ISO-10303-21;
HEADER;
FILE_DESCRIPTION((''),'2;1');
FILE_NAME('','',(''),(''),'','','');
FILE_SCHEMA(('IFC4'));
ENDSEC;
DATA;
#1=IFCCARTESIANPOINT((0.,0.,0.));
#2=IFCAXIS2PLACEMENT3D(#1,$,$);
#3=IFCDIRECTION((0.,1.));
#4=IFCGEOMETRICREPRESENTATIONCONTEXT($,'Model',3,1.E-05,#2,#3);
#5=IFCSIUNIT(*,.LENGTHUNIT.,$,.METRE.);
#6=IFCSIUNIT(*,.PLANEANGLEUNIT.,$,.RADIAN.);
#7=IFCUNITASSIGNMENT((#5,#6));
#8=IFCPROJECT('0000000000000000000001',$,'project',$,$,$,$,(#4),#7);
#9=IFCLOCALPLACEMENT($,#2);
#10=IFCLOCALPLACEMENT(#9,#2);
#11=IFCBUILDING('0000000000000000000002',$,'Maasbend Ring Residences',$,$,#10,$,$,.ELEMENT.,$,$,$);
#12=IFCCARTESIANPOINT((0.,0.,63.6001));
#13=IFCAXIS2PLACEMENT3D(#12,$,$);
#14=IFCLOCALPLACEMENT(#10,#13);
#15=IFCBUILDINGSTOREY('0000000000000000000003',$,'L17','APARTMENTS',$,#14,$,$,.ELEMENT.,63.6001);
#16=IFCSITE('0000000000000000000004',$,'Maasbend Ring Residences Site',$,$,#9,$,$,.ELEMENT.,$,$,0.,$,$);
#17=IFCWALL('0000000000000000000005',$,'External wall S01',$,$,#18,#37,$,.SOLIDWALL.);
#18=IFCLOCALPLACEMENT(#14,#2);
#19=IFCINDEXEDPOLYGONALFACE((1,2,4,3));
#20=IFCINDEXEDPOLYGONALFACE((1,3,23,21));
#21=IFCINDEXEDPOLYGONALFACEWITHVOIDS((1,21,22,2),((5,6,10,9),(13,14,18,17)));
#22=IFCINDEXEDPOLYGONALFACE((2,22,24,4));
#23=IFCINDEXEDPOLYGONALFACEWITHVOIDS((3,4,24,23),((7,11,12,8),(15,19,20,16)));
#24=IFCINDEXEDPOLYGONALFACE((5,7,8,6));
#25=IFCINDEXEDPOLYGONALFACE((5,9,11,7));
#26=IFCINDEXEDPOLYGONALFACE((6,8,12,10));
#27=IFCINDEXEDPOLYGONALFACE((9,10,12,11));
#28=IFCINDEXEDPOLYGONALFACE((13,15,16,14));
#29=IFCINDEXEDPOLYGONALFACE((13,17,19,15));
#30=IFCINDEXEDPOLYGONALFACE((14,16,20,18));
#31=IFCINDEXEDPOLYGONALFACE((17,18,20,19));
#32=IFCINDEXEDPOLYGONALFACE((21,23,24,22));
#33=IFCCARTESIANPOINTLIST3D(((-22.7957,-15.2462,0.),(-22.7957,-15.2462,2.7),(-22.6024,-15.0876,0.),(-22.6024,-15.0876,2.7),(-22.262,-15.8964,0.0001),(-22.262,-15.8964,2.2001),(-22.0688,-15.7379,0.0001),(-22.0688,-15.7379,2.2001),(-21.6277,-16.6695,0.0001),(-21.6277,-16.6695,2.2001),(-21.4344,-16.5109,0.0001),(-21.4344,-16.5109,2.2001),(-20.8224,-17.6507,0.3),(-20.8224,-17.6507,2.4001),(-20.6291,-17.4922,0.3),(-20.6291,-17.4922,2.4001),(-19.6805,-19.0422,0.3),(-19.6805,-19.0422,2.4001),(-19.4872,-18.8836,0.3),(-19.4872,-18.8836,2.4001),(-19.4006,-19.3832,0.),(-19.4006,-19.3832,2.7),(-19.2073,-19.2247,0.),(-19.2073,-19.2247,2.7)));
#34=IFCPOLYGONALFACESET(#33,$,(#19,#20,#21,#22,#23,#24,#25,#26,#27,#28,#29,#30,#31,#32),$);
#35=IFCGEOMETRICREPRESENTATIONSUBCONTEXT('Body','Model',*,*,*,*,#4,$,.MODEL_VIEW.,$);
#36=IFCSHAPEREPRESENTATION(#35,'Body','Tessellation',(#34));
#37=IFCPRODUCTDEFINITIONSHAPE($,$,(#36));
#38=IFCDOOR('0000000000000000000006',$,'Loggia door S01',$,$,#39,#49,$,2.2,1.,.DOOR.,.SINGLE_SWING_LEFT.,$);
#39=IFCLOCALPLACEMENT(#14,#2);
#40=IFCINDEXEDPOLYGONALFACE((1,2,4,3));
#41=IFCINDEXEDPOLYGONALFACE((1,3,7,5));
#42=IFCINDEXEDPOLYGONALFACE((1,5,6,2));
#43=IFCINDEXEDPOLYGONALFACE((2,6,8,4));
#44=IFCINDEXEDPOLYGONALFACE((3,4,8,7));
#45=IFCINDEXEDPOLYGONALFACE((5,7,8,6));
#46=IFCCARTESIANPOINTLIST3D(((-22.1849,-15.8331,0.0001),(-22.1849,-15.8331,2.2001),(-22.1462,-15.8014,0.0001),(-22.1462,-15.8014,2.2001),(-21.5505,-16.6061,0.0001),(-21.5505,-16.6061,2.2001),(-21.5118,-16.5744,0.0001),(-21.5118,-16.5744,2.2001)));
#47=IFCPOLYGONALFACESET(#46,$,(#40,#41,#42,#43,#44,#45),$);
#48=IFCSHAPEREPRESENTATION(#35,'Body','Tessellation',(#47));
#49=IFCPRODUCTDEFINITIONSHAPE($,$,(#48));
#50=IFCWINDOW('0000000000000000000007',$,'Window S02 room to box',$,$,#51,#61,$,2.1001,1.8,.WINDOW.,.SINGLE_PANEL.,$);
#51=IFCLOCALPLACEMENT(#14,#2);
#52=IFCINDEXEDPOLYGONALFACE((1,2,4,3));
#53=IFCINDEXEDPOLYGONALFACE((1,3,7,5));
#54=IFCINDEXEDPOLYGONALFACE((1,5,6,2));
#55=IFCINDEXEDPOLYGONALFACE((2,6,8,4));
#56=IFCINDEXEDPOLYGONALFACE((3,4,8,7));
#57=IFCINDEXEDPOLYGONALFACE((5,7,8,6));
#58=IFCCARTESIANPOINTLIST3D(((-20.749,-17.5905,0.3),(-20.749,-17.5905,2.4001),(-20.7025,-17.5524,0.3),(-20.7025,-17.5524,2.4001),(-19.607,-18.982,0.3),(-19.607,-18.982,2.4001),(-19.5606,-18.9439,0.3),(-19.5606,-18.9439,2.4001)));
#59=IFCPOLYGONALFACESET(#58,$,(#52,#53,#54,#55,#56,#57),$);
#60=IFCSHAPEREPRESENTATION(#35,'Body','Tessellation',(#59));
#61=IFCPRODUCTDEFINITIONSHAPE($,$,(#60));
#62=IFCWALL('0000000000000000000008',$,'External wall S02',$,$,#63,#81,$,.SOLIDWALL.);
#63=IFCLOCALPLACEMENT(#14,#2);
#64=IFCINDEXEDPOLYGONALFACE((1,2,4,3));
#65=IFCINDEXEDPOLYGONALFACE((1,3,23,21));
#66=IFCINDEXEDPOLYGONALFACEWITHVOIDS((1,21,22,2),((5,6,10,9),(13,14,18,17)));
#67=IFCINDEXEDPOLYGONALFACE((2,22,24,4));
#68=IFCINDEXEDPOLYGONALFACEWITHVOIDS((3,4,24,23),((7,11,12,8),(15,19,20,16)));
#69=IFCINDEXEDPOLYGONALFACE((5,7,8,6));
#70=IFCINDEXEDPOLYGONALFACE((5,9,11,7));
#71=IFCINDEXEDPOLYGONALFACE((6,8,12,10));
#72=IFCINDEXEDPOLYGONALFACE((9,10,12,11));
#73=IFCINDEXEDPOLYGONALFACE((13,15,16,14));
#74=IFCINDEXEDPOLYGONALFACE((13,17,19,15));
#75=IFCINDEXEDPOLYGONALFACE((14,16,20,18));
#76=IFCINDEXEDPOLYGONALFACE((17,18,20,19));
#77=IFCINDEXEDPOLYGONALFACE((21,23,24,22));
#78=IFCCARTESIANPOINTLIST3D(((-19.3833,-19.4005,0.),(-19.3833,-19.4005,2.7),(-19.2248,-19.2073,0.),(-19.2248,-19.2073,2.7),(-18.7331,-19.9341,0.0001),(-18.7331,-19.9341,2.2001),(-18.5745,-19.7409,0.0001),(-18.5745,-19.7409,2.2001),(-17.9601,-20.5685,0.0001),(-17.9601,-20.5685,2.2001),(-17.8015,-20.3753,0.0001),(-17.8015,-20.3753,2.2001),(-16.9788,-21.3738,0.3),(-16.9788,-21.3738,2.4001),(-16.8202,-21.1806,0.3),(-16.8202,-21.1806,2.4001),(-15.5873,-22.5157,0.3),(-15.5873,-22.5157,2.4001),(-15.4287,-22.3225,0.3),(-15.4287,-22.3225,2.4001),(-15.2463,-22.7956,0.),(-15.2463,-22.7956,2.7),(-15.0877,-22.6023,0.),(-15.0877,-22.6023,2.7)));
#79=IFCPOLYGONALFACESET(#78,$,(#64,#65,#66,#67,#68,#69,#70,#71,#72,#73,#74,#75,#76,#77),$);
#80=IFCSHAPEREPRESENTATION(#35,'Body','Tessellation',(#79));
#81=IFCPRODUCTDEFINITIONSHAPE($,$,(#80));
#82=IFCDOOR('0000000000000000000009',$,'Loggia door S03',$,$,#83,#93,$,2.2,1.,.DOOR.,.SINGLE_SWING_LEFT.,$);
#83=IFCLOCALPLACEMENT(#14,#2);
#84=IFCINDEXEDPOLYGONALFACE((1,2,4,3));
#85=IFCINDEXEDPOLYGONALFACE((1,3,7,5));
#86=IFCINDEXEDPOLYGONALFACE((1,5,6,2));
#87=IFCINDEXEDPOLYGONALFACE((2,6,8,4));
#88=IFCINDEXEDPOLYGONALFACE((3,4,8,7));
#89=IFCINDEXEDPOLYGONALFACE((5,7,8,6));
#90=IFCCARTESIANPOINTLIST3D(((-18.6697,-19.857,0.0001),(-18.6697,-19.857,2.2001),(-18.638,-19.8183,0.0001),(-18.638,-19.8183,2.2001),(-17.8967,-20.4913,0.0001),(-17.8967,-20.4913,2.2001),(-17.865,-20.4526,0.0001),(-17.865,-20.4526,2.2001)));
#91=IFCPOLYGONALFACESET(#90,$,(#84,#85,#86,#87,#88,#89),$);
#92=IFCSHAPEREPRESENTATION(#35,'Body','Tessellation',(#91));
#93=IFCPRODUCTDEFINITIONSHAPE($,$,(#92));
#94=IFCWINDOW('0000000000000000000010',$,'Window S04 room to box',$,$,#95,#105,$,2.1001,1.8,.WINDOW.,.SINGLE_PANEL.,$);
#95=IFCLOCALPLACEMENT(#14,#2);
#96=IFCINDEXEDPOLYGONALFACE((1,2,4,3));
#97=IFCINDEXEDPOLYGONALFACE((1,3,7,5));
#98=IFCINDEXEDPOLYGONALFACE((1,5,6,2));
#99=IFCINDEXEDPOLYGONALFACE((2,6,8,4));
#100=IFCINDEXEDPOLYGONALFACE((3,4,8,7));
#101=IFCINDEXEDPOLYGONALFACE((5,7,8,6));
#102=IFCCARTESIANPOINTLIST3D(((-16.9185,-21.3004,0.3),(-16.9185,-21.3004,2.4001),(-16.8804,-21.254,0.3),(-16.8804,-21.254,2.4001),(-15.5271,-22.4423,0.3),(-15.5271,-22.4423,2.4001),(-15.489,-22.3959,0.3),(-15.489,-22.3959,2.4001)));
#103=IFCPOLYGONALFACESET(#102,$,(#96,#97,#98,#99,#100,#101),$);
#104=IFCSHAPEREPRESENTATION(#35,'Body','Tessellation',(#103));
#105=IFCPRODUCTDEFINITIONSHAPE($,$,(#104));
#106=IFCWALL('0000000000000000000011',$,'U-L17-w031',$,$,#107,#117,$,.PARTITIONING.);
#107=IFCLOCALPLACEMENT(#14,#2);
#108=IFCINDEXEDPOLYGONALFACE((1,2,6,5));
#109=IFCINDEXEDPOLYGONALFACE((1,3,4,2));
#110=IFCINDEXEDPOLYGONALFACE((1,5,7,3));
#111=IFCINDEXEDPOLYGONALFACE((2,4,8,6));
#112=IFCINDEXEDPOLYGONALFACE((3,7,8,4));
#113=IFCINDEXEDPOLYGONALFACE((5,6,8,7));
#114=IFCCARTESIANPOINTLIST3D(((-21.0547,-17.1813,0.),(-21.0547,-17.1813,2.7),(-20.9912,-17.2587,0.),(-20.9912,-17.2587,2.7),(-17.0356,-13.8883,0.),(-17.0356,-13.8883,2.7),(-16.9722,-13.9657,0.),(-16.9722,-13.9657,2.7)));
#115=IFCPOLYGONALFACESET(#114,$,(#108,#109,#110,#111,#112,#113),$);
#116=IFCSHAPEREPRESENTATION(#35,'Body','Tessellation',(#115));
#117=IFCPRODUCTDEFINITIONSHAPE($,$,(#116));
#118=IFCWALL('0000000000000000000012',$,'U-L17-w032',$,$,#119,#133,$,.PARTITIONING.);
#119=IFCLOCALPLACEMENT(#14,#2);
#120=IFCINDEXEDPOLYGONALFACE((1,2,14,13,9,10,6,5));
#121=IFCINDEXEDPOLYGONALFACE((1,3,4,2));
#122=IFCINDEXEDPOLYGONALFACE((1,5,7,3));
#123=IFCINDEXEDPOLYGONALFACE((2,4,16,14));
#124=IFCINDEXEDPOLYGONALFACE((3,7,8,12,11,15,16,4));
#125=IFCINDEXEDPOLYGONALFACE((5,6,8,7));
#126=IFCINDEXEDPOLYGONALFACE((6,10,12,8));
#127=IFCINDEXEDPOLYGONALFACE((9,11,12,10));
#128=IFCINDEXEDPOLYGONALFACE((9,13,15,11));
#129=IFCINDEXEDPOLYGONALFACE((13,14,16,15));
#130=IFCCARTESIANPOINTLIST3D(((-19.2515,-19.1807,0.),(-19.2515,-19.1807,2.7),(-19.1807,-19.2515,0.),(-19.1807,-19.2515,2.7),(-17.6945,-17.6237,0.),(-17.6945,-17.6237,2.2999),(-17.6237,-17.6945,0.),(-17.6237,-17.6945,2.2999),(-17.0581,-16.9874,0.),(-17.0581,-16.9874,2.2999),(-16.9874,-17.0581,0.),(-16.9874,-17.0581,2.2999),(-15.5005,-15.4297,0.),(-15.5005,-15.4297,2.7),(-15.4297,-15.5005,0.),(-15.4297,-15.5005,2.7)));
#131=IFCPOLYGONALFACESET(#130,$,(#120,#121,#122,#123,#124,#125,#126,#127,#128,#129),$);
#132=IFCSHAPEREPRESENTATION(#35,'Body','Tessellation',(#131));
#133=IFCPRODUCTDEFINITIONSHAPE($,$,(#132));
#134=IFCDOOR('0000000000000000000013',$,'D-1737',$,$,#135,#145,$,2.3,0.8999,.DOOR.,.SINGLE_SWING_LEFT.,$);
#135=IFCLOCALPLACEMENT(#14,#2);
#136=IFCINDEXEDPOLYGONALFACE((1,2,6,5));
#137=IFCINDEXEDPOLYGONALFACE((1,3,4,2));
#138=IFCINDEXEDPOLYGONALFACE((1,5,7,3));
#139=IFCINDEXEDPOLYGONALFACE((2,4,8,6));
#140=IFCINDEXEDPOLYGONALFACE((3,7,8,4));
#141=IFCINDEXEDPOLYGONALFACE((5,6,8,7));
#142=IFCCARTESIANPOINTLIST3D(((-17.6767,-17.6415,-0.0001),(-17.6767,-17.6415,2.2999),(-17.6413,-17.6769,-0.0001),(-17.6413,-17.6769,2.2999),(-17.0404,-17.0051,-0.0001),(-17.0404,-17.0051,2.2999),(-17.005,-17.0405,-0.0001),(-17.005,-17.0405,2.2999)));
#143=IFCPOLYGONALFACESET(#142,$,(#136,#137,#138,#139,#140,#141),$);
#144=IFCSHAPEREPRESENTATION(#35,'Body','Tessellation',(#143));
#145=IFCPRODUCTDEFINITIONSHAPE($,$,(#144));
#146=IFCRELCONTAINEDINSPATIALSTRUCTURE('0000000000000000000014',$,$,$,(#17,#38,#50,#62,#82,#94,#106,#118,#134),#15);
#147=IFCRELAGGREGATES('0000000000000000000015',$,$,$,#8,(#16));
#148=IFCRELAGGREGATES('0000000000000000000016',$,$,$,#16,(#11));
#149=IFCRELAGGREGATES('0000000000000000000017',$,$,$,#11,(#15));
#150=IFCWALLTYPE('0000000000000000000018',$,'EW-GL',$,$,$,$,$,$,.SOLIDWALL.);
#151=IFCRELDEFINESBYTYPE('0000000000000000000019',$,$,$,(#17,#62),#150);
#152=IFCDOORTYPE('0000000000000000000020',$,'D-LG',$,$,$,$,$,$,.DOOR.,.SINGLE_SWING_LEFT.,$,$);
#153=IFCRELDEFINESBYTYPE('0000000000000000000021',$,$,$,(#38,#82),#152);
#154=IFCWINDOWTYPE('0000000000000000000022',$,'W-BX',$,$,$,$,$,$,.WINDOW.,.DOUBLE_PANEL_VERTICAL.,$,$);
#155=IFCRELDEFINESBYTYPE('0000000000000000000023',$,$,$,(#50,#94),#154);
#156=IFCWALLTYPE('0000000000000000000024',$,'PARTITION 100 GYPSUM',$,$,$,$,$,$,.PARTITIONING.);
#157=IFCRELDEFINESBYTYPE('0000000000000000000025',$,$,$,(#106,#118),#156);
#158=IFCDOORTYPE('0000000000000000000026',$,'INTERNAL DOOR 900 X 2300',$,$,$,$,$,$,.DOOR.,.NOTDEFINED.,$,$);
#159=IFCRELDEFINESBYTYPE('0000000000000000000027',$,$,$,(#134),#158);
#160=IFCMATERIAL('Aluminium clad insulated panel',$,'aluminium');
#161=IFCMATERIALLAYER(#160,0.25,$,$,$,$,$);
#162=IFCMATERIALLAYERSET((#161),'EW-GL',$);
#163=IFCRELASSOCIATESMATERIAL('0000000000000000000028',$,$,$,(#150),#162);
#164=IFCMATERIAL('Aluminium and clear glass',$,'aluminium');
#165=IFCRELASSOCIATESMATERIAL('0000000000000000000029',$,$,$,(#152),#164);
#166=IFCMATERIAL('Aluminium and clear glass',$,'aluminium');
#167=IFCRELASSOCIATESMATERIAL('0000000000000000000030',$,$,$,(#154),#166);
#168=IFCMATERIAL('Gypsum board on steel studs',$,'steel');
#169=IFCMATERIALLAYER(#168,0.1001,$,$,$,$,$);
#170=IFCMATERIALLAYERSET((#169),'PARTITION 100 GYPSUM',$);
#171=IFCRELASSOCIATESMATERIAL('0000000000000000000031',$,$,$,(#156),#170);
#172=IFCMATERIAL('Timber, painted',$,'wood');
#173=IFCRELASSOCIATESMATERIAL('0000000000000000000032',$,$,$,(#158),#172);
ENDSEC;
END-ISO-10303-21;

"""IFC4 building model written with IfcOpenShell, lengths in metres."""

from ifc_helpers import new_model, si_unit, direction, frame, frame_2d, origin, place, context, subcontext, project, spatial, rectangle, extrude, material, layer, layer_set, type_object, element, fill, save


model = new_model("IFC4")

# Units and contexts
model_context = context("Model", 3, precision=1e-05, world=origin(), true_north=direction((0.0, 1.0)))
body_context = subcontext(model_context, "Body", "Model", "MODEL_VIEW")
ifc_project = project(units=[si_unit("LENGTHUNIT", "METRE"), si_unit("PLANEANGLEUNIT", "RADIAN")], contexts=[model_context])

# Site, building, storey
site_placement = place(None, origin())
site = spatial("IfcSite", under=ifc_project, at=site_placement, Name="Maasbend Ring Residences Site", CompositionType="ELEMENT", RefElevation=0.0)
building_placement = place(site_placement, origin())
building = spatial("IfcBuilding", under=site, at=building_placement, Name="Maasbend Ring Residences", CompositionType="ELEMENT")
storey_placement = place(building_placement, frame((0.0, 0.0, 63.6001)))
storey = spatial("IfcBuildingStorey", under=building, at=storey_placement, Name="L17", Description="APARTMENTS", CompositionType="ELEMENT", Elevation=63.6001)

# Walls, openings, doors, windows
ifc_material_1 = material(Name="Aluminium clad insulated panel", Category="aluminium")
ifc_layer_1 = layer(ifc_material_1, 0.25)
ifc_layer_set_1 = layer_set([ifc_layer_1], Name="EW-GL")
wall_type_1 = type_object("IfcWallType", Name="EW-GL", PredefinedType="SOLIDWALL", material=ifc_layer_set_1)
wall_1_placement = place(storey_placement, frame((-22.699, -15.167, 0.0), z_axis=(0.0, 0.0, 1.0), x_axis=(0.634382, -0.773019, 0.0)))
wall_1 = element("IfcWall", 1, at=wall_1_placement, inside=storey, type_object=wall_type_1, Name="External wall S01", PredefinedType="SOLIDWALL", context=body_context, shape_type="SweptSolid", body=[
    extrude(rectangle(XDim=5.3518, YDim=0.25, at=frame_2d((2.6758, 0.0))), origin(), (0.0, 0.0, 1.0), 2.7),
])
opening_1_placement = place(wall_1_placement, frame((0.8411, 0.0, 0.0)))
opening_1 = element("IfcOpeningElement", 2, at=opening_1_placement, cuts=wall_1, PredefinedType="OPENING", context=body_context, shape_type="SweptSolid", body=[
    extrude(rectangle(XDim=1.0, YDim=2.2, at=frame_2d((0.5, 1.1001))), frame((0.0, 0.135, 0.0), z_axis=(0.0, -1.0, 0.0), x_axis=(1.0, 0.0, 0.0)), (0.0, 0.0, 1.0), 0.27),
])
opening_2_placement = place(wall_1_placement, frame((3.1106, 0.0, 0.3)))
opening_2 = element("IfcOpeningElement", 3, at=opening_2_placement, cuts=wall_1, PredefinedType="OPENING", context=body_context, shape_type="SweptSolid", body=[
    extrude(rectangle(XDim=1.8, YDim=2.1001, at=frame_2d((0.8999, 1.05))), frame((0.0, 0.135, 0.0), z_axis=(0.0, -1.0, 0.0), x_axis=(1.0, 0.0, 0.0)), (0.0, 0.0, 1.0), 0.27),
])
ifc_material_2 = material(Name="Aluminium and clear glass", Category="aluminium")
door_type_1 = type_object("IfcDoorType", Name="D-LG", OperationType="SINGLE_SWING_LEFT", PredefinedType="DOOR", material=ifc_material_2)
door_1_placement = place(opening_1_placement, origin())
door_1 = element("IfcDoor", 4, at=door_1_placement, inside=storey, type_object=door_type_1, Name="Loggia door S01", OperationType="SINGLE_SWING_LEFT", OverallHeight=2.2, OverallWidth=1.0, PredefinedType="DOOR", context=body_context, shape_type="SweptSolid", body=[
    extrude(rectangle(XDim=1.0, YDim=2.2, at=frame_2d((0.5, 1.1001))), frame((0.0, 0.0249, 0.0), z_axis=(0.0, -1.0, 0.0), x_axis=(1.0, 0.0, 0.0)), (0.0, 0.0, 1.0), 0.05),
])
fill(opening_1, door_1)
ifc_material_3 = material(Name="Aluminium and clear glass", Category="aluminium")
window_type_1 = type_object("IfcWindowType", Name="W-BX", PartitioningType="DOUBLE_PANEL_VERTICAL", PredefinedType="WINDOW", material=ifc_material_3)
window_1_placement = place(opening_2_placement, origin())
window_1 = element("IfcWindow", 5, at=window_1_placement, inside=storey, type_object=window_type_1, Name="Window S02 room to box", OverallHeight=2.1001, OverallWidth=1.8, PartitioningType="SINGLE_PANEL", PredefinedType="WINDOW", context=body_context, shape_type="SweptSolid", body=[
    extrude(rectangle(XDim=1.8, YDim=2.1001, at=frame_2d((0.8999, 1.05))), frame((0.0, 0.03, 0.0), z_axis=(0.0, -1.0, 0.0), x_axis=(1.0, 0.0, 0.0)), (0.0, 0.0, 1.0), 0.0601),
])
fill(opening_2, window_1)
wall_2_placement = place(storey_placement, frame((-19.304, -19.304, 0.0), z_axis=(0.0, 0.0, 1.0), x_axis=(0.773019, -0.634382, 0.0)))
wall_2 = element("IfcWall", 6, at=wall_2_placement, inside=storey, type_object=wall_type_1, Name="External wall S02", PredefinedType="SOLIDWALL", context=body_context, shape_type="SweptSolid", body=[
    extrude(rectangle(XDim=5.3518, YDim=0.25, at=frame_2d((2.6758, 0.0))), origin(), (0.0, 0.0, 1.0), 2.7),
])
opening_3_placement = place(wall_2_placement, frame((0.8411, 0.0, 0.0)))
opening_3 = element("IfcOpeningElement", 7, at=opening_3_placement, cuts=wall_2, PredefinedType="OPENING", context=body_context, shape_type="SweptSolid", body=[
    extrude(rectangle(XDim=1.0, YDim=2.2, at=frame_2d((0.5, 1.1001))), frame((0.0, 0.135, 0.0), z_axis=(0.0, -1.0, 0.0), x_axis=(1.0, 0.0, 0.0)), (0.0, 0.0, 1.0), 0.27),
])
opening_4_placement = place(wall_2_placement, frame((3.1106, 0.0, 0.3)))
opening_4 = element("IfcOpeningElement", 8, at=opening_4_placement, cuts=wall_2, PredefinedType="OPENING", context=body_context, shape_type="SweptSolid", body=[
    extrude(rectangle(XDim=1.8, YDim=2.1001, at=frame_2d((0.8999, 1.05))), frame((0.0, 0.135, 0.0), z_axis=(0.0, -1.0, 0.0), x_axis=(1.0, 0.0, 0.0)), (0.0, 0.0, 1.0), 0.27),
])
door_2_placement = place(opening_3_placement, origin())
door_2 = element("IfcDoor", 9, at=door_2_placement, inside=storey, type_object=door_type_1, Name="Loggia door S03", OperationType="SINGLE_SWING_LEFT", OverallHeight=2.2, OverallWidth=1.0, PredefinedType="DOOR", context=body_context, shape_type="SweptSolid", body=[
    extrude(rectangle(XDim=1.0, YDim=2.2, at=frame_2d((0.5, 1.1001))), frame((0.0, 0.0249, 0.0), z_axis=(0.0, -1.0, 0.0), x_axis=(1.0, 0.0, 0.0)), (0.0, 0.0, 1.0), 0.05),
])
fill(opening_3, door_2)
window_2_placement = place(opening_4_placement, origin())
window_2 = element("IfcWindow", 10, at=window_2_placement, inside=storey, type_object=window_type_1, Name="Window S04 room to box", OverallHeight=2.1001, OverallWidth=1.8, PartitioningType="SINGLE_PANEL", PredefinedType="WINDOW", context=body_context, shape_type="SweptSolid", body=[
    extrude(rectangle(XDim=1.8, YDim=2.1001, at=frame_2d((0.8999, 1.05))), frame((0.0, 0.03, 0.0), z_axis=(0.0, -1.0, 0.0), x_axis=(1.0, 0.0, 0.0)), (0.0, 0.0, 1.0), 0.0601),
])
fill(opening_4, window_2)

# Wall
ifc_material_4 = material(Name="Gypsum board on steel studs", Category="steel")
ifc_layer_2 = layer(ifc_material_4, 0.1001)
ifc_layer_set_2 = layer_set([ifc_layer_2], Name="PARTITION 100 GYPSUM")
wall_type_2 = type_object("IfcWallType", Name="PARTITION 100 GYPSUM", PredefinedType="PARTITIONING", material=ifc_layer_set_2)
wall_3_placement = place(storey_placement, frame((-21.0229, -17.22, 0.0), z_axis=(0.0, 0.0, 1.0), x_axis=(0.773517, 0.633775, 0.0)))
element("IfcWall", 11, at=wall_3_placement, inside=storey, type_object=wall_type_2, Name="U-L17-w031", PredefinedType="PARTITIONING", context=body_context, shape_type="SweptSolid", body=[
    extrude(rectangle(XDim=5.1958, YDim=0.1001, at=frame_2d((2.5979, 0.0))), origin(), (0.0, 0.0, 1.0), 2.7),
])

# Wall, opening, door
wall_4_placement = place(storey_placement, frame((-19.2161, -19.2161, 0.0), z_axis=(0.0, 0.0, 1.0), x_axis=(0.707107, 0.707107, 0.0)))
wall_4 = element("IfcWall", 12, at=wall_4_placement, inside=storey, type_object=wall_type_2, Name="U-L17-w032", PredefinedType="PARTITIONING", context=body_context, shape_type="SweptSolid", body=[
    extrude(rectangle(XDim=5.3047, YDim=0.1001, at=frame_2d((2.6523, 0.0))), origin(), (0.0, 0.0, 1.0), 2.7),
])
opening_5_placement = place(wall_4_placement, frame((2.2019, 0.0, 0.0)))
opening_5 = element("IfcOpeningElement", 13, at=opening_5_placement, cuts=wall_4, PredefinedType="OPENING", context=body_context, shape_type="SweptSolid", body=[
    extrude(rectangle(XDim=0.8999, YDim=2.3, at=frame_2d((0.45, 1.1499))), frame((0.0, 0.0601, 0.0), z_axis=(0.0, -1.0, 0.0), x_axis=(1.0, 0.0, 0.0)), (0.0, 0.0, 1.0), 0.1201),
])
ifc_material_5 = material(Name="Timber, painted", Category="wood")
door_type_2 = type_object("IfcDoorType", Name="INTERNAL DOOR 900 X 2300", OperationType="NOTDEFINED", PredefinedType="DOOR", material=ifc_material_5)
door_3_placement = place(opening_5_placement, origin())
door_3 = element("IfcDoor", 14, at=door_3_placement, inside=storey, type_object=door_type_2, Name="D-1737", OperationType="SINGLE_SWING_LEFT", OverallHeight=2.3, OverallWidth=0.8999, PredefinedType="DOOR", context=body_context, shape_type="SweptSolid", body=[
    extrude(rectangle(XDim=0.8999, YDim=2.3, at=frame_2d((0.45, 1.1499))), frame((0.0, 0.0249, 0.0), z_axis=(0.0, -1.0, 0.0), x_axis=(1.0, 0.0, 0.0)), (0.0, 0.0, 1.0), 0.05),
])
fill(opening_5, door_3)

save(model, "model.ifc")
